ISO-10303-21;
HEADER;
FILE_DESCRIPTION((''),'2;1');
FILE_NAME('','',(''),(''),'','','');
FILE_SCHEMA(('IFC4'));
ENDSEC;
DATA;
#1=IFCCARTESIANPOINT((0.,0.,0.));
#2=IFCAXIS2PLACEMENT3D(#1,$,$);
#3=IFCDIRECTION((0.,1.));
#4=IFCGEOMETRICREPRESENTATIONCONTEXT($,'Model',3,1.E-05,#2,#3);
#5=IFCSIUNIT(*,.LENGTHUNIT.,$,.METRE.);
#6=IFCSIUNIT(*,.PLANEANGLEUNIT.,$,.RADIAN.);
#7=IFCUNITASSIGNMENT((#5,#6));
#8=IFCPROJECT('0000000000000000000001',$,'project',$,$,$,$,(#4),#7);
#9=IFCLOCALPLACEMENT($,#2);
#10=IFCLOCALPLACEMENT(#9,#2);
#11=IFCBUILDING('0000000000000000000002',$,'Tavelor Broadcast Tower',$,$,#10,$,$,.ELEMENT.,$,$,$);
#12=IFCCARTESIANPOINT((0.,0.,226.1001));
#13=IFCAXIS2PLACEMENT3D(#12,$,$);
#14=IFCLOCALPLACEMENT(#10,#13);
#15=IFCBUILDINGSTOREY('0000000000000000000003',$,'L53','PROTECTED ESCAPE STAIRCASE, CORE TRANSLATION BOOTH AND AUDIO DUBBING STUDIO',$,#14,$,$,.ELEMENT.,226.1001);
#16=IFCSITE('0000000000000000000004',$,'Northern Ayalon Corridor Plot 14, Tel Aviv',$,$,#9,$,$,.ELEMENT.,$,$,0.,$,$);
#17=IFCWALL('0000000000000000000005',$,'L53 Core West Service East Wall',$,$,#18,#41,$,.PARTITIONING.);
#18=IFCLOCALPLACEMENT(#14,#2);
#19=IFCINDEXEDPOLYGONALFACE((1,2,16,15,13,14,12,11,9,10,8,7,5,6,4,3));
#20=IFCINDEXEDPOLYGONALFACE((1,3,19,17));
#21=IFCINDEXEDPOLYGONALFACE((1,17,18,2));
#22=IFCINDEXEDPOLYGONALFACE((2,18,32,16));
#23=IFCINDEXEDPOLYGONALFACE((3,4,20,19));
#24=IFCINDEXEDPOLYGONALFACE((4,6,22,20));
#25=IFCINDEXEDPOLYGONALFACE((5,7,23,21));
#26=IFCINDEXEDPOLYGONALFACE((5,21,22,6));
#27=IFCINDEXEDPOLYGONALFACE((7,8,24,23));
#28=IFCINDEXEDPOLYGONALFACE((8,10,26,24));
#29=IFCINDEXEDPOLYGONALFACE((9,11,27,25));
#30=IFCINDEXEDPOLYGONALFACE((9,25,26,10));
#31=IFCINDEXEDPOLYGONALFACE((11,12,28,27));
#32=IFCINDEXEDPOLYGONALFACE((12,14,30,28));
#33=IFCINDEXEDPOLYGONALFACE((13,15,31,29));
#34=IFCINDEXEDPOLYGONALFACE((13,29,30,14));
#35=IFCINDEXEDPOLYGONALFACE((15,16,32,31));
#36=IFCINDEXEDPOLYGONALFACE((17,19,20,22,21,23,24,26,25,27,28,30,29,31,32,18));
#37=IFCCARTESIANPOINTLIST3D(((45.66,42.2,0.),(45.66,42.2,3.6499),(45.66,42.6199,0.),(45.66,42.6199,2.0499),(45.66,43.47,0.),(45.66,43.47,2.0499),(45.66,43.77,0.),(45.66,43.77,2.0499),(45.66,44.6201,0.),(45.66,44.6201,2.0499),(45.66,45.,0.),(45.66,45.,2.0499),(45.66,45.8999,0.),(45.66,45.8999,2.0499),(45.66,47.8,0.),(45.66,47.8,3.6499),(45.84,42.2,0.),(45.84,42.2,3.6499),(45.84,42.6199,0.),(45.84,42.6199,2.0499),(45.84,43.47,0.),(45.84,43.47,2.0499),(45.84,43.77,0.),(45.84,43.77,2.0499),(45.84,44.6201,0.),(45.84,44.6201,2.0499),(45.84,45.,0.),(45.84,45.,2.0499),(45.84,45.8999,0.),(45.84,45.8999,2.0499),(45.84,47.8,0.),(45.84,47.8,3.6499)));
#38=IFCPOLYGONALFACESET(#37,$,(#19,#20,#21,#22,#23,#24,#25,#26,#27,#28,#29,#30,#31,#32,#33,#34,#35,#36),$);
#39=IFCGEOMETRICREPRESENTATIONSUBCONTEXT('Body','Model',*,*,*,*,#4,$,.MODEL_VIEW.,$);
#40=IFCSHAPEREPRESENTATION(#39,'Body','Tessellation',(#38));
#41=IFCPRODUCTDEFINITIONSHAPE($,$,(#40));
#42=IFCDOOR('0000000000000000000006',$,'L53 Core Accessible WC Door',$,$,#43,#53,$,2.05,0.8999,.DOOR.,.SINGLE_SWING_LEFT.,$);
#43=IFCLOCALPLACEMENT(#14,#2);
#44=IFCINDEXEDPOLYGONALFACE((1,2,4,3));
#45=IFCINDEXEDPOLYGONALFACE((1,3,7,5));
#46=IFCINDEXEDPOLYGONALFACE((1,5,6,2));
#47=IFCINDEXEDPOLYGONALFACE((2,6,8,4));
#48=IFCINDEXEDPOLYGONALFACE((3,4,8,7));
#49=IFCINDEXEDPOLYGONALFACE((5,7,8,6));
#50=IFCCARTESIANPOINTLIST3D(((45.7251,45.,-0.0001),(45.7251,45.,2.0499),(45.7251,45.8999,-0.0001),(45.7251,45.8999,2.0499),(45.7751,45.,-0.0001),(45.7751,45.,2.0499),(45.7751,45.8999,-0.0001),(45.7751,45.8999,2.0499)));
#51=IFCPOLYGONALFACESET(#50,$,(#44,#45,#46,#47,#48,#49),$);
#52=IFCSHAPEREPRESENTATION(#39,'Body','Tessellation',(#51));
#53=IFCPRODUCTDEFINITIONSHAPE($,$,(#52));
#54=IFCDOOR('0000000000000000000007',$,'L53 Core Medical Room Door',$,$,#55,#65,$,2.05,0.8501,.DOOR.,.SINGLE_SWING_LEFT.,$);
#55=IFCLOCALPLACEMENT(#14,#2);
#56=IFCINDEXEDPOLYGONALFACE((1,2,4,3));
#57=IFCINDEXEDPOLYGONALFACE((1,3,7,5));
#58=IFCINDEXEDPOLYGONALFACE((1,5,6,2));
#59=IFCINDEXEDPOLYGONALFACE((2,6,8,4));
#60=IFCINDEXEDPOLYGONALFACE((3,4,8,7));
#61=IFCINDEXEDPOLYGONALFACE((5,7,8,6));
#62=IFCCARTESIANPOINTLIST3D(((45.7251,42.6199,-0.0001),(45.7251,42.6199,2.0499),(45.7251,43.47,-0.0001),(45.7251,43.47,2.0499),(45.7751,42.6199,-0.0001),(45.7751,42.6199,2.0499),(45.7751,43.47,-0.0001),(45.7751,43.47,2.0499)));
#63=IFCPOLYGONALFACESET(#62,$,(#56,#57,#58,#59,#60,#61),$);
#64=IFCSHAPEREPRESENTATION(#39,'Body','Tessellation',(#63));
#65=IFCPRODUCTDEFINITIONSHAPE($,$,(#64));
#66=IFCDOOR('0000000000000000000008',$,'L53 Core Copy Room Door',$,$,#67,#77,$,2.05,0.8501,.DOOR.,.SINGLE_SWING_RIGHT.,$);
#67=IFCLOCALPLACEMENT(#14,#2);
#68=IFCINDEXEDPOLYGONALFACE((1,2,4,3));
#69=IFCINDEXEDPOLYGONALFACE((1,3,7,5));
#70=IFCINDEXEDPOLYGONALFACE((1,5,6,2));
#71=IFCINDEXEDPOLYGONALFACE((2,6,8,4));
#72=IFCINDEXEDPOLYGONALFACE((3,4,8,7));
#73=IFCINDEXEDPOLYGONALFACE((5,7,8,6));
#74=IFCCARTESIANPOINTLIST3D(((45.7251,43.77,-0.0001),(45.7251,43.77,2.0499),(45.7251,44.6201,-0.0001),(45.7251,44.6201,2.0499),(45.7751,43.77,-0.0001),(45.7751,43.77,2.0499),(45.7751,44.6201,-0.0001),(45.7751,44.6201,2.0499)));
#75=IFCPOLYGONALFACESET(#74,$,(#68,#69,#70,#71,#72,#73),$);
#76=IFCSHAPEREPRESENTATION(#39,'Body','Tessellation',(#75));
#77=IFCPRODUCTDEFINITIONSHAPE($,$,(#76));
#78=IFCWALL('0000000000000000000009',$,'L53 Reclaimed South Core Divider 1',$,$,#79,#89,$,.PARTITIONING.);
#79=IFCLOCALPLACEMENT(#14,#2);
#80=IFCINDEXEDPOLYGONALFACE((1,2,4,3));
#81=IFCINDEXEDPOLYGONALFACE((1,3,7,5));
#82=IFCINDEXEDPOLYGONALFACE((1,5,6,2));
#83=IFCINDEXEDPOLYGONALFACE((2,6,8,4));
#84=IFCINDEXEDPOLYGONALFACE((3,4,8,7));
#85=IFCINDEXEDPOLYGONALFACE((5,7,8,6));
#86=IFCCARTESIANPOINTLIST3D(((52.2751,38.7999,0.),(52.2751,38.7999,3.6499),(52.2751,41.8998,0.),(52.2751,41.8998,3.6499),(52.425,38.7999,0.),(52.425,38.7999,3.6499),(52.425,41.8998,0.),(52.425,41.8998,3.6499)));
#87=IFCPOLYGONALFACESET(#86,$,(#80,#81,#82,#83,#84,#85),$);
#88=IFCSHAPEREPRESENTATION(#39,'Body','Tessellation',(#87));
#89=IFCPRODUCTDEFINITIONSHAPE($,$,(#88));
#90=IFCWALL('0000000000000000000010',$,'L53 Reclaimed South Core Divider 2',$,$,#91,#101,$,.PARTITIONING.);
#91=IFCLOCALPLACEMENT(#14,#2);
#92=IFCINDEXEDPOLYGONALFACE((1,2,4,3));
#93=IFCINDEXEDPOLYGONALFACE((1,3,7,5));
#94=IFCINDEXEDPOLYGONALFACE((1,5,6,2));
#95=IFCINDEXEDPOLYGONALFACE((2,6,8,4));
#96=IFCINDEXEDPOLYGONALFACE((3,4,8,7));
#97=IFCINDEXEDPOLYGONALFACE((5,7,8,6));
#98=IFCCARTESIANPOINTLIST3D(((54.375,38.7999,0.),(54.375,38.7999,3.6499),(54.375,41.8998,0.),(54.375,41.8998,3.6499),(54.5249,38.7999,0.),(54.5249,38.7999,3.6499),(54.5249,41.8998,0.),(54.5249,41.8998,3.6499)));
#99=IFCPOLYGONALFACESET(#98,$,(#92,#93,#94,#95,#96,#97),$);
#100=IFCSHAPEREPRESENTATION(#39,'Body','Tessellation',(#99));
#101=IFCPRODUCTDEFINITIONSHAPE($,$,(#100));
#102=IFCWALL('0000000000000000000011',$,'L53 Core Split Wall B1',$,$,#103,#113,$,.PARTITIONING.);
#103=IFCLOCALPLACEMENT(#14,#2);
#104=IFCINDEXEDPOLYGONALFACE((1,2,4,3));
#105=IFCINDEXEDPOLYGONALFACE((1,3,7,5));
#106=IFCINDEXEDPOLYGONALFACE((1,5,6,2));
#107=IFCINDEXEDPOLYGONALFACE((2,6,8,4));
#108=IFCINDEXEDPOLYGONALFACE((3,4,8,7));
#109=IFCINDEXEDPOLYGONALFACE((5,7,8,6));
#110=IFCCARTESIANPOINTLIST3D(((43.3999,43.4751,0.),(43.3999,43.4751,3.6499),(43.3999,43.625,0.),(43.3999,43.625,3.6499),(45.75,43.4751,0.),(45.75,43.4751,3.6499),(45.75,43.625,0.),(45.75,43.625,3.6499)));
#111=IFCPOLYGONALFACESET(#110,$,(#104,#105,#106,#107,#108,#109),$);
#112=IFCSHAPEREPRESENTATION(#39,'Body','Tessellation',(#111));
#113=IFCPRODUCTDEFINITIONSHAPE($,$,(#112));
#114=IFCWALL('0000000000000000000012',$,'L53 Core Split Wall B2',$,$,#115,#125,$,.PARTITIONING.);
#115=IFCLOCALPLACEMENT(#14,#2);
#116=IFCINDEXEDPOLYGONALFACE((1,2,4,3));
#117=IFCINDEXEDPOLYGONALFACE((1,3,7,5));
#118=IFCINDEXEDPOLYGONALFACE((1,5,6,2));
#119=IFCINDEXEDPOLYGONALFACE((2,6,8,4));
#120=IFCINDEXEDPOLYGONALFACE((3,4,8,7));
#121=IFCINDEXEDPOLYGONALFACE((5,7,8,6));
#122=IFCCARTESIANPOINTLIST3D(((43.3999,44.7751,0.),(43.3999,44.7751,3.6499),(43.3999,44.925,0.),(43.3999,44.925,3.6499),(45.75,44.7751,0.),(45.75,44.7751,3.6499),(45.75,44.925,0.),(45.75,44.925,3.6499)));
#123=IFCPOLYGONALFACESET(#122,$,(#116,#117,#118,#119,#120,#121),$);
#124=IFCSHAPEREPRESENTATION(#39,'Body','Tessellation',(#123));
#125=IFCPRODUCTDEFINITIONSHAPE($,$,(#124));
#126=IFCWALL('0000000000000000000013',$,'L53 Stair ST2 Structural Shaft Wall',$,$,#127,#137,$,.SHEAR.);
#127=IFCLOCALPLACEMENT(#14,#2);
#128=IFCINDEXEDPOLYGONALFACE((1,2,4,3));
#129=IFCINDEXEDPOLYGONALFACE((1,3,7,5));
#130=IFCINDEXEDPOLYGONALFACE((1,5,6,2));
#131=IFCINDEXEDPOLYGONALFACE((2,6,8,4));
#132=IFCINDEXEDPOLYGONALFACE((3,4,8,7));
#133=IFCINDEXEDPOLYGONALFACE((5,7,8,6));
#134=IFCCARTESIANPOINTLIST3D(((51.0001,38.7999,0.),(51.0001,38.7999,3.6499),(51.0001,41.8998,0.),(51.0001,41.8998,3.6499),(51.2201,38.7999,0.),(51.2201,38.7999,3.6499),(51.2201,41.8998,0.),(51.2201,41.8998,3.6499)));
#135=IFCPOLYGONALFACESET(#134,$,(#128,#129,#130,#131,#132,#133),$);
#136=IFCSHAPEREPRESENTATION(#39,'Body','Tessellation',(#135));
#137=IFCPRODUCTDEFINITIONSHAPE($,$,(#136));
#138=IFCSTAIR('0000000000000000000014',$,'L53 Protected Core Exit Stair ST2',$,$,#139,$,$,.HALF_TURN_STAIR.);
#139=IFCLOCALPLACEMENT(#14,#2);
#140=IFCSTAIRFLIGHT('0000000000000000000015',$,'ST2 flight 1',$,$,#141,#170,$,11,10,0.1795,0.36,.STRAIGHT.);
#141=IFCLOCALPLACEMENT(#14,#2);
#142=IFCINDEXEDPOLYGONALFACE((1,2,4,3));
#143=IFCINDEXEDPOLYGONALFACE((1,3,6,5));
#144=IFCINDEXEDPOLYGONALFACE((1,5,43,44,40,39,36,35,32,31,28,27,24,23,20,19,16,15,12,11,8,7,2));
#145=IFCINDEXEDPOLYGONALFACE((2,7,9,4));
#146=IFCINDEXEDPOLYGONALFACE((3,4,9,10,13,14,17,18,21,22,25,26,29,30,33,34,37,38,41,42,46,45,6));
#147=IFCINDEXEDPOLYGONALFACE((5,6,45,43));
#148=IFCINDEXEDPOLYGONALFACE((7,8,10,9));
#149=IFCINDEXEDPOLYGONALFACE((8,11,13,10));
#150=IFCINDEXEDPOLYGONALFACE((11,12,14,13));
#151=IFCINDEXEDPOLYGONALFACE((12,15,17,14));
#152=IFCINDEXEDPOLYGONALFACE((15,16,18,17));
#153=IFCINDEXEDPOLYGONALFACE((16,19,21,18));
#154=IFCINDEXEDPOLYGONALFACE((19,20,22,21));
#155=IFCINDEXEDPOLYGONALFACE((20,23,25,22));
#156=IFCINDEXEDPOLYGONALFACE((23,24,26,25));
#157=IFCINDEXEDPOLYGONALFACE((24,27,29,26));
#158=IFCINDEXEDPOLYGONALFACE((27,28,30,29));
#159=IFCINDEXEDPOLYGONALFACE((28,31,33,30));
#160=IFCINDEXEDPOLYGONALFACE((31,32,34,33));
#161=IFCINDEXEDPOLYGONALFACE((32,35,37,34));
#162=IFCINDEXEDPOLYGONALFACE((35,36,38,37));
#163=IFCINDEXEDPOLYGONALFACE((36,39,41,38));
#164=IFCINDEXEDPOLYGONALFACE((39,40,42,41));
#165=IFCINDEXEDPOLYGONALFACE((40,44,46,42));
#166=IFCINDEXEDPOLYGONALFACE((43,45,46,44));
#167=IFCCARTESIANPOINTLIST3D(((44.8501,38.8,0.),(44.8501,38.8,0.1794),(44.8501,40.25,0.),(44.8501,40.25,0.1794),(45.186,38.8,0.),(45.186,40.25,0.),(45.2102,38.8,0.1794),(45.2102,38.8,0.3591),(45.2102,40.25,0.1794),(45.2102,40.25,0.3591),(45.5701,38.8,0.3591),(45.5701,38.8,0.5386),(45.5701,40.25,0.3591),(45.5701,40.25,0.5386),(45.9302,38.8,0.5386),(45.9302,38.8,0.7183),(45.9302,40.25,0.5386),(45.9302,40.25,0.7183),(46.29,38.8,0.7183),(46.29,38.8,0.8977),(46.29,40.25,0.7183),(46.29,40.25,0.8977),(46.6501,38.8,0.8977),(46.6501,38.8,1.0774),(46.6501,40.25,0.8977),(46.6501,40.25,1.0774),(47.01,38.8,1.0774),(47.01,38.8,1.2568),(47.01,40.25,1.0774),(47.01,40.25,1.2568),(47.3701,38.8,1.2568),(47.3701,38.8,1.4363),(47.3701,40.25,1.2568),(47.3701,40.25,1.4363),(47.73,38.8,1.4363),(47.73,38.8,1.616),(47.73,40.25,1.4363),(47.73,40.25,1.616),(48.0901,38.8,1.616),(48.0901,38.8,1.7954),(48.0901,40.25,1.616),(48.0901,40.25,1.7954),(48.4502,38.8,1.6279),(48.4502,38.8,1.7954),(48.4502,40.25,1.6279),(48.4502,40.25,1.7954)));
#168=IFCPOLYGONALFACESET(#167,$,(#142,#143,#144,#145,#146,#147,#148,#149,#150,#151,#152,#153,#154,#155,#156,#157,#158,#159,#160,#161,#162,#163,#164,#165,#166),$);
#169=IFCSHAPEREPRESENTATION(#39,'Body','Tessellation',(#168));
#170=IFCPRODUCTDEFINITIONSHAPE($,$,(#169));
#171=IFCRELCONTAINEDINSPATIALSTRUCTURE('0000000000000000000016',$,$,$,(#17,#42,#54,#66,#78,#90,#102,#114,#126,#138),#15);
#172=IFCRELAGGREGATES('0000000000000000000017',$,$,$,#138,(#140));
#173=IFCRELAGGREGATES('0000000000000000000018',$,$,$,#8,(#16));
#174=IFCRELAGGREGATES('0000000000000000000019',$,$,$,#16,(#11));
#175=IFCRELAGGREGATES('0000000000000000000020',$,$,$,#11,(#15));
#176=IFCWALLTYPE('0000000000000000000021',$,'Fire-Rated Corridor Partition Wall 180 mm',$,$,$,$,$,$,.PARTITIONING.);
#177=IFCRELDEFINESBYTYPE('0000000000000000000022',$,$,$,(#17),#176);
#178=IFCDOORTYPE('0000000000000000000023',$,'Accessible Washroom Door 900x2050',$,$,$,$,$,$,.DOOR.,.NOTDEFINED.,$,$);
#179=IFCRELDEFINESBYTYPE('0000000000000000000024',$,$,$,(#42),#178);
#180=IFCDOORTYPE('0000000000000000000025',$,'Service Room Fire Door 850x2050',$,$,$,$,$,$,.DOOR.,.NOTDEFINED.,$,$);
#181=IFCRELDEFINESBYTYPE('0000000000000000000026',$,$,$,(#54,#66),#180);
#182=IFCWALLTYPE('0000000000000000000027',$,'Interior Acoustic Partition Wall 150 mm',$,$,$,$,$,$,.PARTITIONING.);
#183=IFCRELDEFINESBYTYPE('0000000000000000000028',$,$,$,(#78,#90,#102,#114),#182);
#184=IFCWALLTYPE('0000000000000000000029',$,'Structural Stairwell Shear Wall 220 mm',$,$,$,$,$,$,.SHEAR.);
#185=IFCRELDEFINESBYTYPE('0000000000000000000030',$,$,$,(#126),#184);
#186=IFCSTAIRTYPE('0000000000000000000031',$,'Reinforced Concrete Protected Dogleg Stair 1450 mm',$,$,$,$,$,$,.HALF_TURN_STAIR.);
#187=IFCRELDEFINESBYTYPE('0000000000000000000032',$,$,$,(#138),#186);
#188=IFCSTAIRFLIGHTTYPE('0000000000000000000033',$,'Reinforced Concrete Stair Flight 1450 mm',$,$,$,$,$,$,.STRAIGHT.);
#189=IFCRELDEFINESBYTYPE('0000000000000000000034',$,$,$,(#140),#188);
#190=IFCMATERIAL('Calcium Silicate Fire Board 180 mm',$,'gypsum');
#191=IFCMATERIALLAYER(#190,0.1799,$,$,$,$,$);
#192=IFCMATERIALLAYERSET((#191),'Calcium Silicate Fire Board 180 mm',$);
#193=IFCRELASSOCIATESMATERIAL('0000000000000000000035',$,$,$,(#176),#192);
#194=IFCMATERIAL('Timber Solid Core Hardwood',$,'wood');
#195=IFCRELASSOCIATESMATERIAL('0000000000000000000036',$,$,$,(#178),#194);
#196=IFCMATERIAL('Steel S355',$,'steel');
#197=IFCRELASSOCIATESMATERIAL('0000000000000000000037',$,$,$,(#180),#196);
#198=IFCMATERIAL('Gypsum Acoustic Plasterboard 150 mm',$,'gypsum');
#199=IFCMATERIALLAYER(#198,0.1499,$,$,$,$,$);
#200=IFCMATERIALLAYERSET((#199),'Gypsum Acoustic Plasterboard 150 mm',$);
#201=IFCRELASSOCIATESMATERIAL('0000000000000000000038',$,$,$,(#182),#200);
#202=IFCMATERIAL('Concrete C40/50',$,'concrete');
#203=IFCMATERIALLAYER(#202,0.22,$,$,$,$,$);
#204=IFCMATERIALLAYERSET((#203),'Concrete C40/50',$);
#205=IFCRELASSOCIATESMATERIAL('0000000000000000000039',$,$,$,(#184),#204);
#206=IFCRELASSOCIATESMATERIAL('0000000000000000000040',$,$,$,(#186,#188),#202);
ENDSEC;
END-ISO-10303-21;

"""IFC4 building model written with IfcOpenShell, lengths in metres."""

from ifc_helpers import new_model, si_unit, direction, frame, frame_2d, origin, place, context, subcontext, project, spatial, polyline, rectangle, outline, extrude, material, layer, layer_set, type_object, element, fill, aggregate, save


model = new_model("IFC4")

# Units and contexts
model_context = context("Model", 3, precision=1e-05, world=origin(), true_north=direction((0.0, 1.0)))
body_context = subcontext(model_context, "Body", "Model", "MODEL_VIEW")
ifc_project = project(units=[si_unit("LENGTHUNIT", "METRE"), si_unit("PLANEANGLEUNIT", "RADIAN")], contexts=[model_context])

# Site, building, storey
site_placement = place(None, origin())
site = spatial("IfcSite", under=ifc_project, at=site_placement, Name="Northern Ayalon Corridor Plot 14, Tel Aviv", CompositionType="ELEMENT", RefElevation=0.0)
building_placement = place(site_placement, origin())
building = spatial("IfcBuilding", under=site, at=building_placement, Name="Tavelor Broadcast Tower", CompositionType="ELEMENT")
storey_placement = place(building_placement, frame((0.0, 0.0, 226.1001)))
storey = spatial("IfcBuildingStorey", under=building, at=storey_placement, Name="L53", Description="PROTECTED ESCAPE STAIRCASE, CORE TRANSLATION BOOTH AND AUDIO DUBBING STUDIO", CompositionType="ELEMENT", Elevation=226.1001)

# Shared definitions
ifc_material_1 = material(Name="Concrete C40/50", Category="concrete")
ifc_material_2 = material(Name="Steel S355", Category="steel")

# Shared definitions
ifc_material_3 = material(Name="Calcium Silicate Fire Board 180 mm", Category="gypsum")
ifc_layer_1 = layer(ifc_material_3, 0.1799)
ifc_layer_set_1 = layer_set([ifc_layer_1], Name="Calcium Silicate Fire Board 180 mm")
wall_type_1 = type_object("IfcWallType", Name="Fire-Rated Corridor Partition Wall 180 mm", PredefinedType="PARTITIONING", material=ifc_layer_set_1)

# Wall, openings, doors
wall_1_placement = place(storey_placement, frame((45.75, 42.2, 0.0), z_axis=(0.0, 0.0, 1.0), x_axis=(0.0, 1.0, 0.0)))
wall_1 = element("IfcWall", 1, at=wall_1_placement, inside=storey, type_object=wall_type_1, Name="L53 Core West Service East Wall", PredefinedType="PARTITIONING", context=body_context, shape_type="SweptSolid", body=[
    extrude(rectangle(XDim=5.6001, YDim=0.1799, at=frame_2d((2.8, 0.0))), origin(), (0.0, 0.0, 1.0), 3.6499),
])
opening_1_placement = place(wall_1_placement, frame((0.4199, 0.0, 0.0)))
opening_1 = element("IfcOpeningElement", 2, at=opening_1_placement, cuts=wall_1, PredefinedType="OPENING", context=body_context, shape_type="SweptSolid", body=[
    extrude(rectangle(XDim=0.8501, YDim=2.05, at=frame_2d((0.425, 1.0249))), frame((0.0, 0.1001, 0.0), z_axis=(0.0, -1.0, 0.0), x_axis=(1.0, 0.0, 0.0)), (0.0, 0.0, 1.0), 0.2),
])
opening_2_placement = place(wall_1_placement, frame((1.5701, 0.0, 0.0)))
opening_2 = element("IfcOpeningElement", 3, at=opening_2_placement, cuts=wall_1, PredefinedType="OPENING", context=body_context, shape_type="SweptSolid", body=[
    extrude(rectangle(XDim=0.8501, YDim=2.05, at=frame_2d((0.425, 1.0249))), frame((0.0, 0.1001, 0.0), z_axis=(0.0, -1.0, 0.0), x_axis=(1.0, 0.0, 0.0)), (0.0, 0.0, 1.0), 0.2),
])
opening_3_placement = place(wall_1_placement, frame((2.8, 0.0, 0.0)))
opening_3 = element("IfcOpeningElement", 4, at=opening_3_placement, cuts=wall_1, PredefinedType="OPENING", context=body_context, shape_type="SweptSolid", body=[
    extrude(rectangle(XDim=0.8999, YDim=2.05, at=frame_2d((0.45, 1.0249))), frame((0.0, 0.1001, 0.0), z_axis=(0.0, -1.0, 0.0), x_axis=(1.0, 0.0, 0.0)), (0.0, 0.0, 1.0), 0.2),
])
ifc_material_4 = material(Name="Timber Solid Core Hardwood", Category="wood")
door_type_1 = type_object("IfcDoorType", Name="Accessible Washroom Door 900x2050", OperationType="NOTDEFINED", PredefinedType="DOOR", material=ifc_material_4)
door_1_placement = place(opening_3_placement, origin())
door_1 = element("IfcDoor", 5, at=door_1_placement, inside=storey, type_object=door_type_1, Name="L53 Core Accessible WC Door", OperationType="SINGLE_SWING_LEFT", OverallHeight=2.05, OverallWidth=0.8999, PredefinedType="DOOR", context=body_context, shape_type="SweptSolid", body=[
    extrude(rectangle(XDim=0.8999, YDim=2.05, at=frame_2d((0.45, 1.0249))), frame((0.0, 0.0249, 0.0), z_axis=(0.0, -1.0, 0.0), x_axis=(1.0, 0.0, 0.0)), (0.0, 0.0, 1.0), 0.05),
])
fill(opening_3, door_1)
door_type_2 = type_object("IfcDoorType", Name="Service Room Fire Door 850x2050", OperationType="NOTDEFINED", PredefinedType="DOOR", material=ifc_material_2)
door_2_placement = place(opening_1_placement, origin())
door_2 = element("IfcDoor", 6, at=door_2_placement, inside=storey, type_object=door_type_2, Name="L53 Core Medical Room Door", OperationType="SINGLE_SWING_LEFT", OverallHeight=2.05, OverallWidth=0.8501, PredefinedType="DOOR", context=body_context, shape_type="SweptSolid", body=[
    extrude(rectangle(XDim=0.8501, YDim=2.05, at=frame_2d((0.425, 1.0249))), frame((0.0, 0.0249, 0.0), z_axis=(0.0, -1.0, 0.0), x_axis=(1.0, 0.0, 0.0)), (0.0, 0.0, 1.0), 0.05),
])
fill(opening_1, door_2)
door_3_placement = place(opening_2_placement, origin())
door_3 = element("IfcDoor", 7, at=door_3_placement, inside=storey, type_object=door_type_2, Name="L53 Core Copy Room Door", OperationType="SINGLE_SWING_RIGHT", OverallHeight=2.05, OverallWidth=0.8501, PredefinedType="DOOR", context=body_context, shape_type="SweptSolid", body=[
    extrude(rectangle(XDim=0.8501, YDim=2.05, at=frame_2d((0.425, 1.0249))), frame((0.0, 0.0249, 0.0), z_axis=(0.0, -1.0, 0.0), x_axis=(1.0, 0.0, 0.0)), (0.0, 0.0, 1.0), 0.05),
])
fill(opening_2, door_3)

# Walls
ifc_material_5 = material(Name="Gypsum Acoustic Plasterboard 150 mm", Category="gypsum")
ifc_layer_2 = layer(ifc_material_5, 0.1499)
ifc_layer_set_2 = layer_set([ifc_layer_2], Name="Gypsum Acoustic Plasterboard 150 mm")
wall_type_2 = type_object("IfcWallType", Name="Interior Acoustic Partition Wall 150 mm", PredefinedType="PARTITIONING", material=ifc_layer_set_2)
for number, where, z_axis, x_axis, name in (
    (8, (52.3501, 38.8, 0.0), (0.0, 0.0, 1.0), (0.0, 1.0, 0.0), "L53 Reclaimed South Core Divider 1"),
    (9, (54.45, 38.8, 0.0), (0.0, 0.0, 1.0), (0.0, 1.0, 0.0), "L53 Reclaimed South Core Divider 2"),
):
    element("IfcWall", number, at=place(storey_placement, frame(where, z_axis=z_axis, x_axis=x_axis)), inside=storey, type_object=wall_type_2, Name=name, PredefinedType="PARTITIONING", context=body_context, shape_type="SweptSolid", body=[
        extrude(rectangle(XDim=3.0999, YDim=0.1499, at=frame_2d((1.5498, 0.0))), origin(), (0.0, 0.0, 1.0), 3.6499),
    ])
for number, where, z_axis, x_axis, name in (
    (10, (43.3999, 43.55, 0.0), (0.0, 0.0, 1.0), (1.0, 0.0, 0.0), "L53 Core Split Wall B1"),
    (11, (43.3999, 44.8501, 0.0), (0.0, 0.0, 1.0), (1.0, 0.0, 0.0), "L53 Core Split Wall B2"),
):
    element("IfcWall", number, at=place(storey_placement, frame(where, z_axis=z_axis, x_axis=x_axis)), inside=storey, type_object=wall_type_2, Name=name, PredefinedType="PARTITIONING", context=body_context, shape_type="SweptSolid", body=[
        extrude(rectangle(XDim=2.3501, YDim=0.1499, at=frame_2d((1.175, 0.0))), origin(), (0.0, 0.0, 1.0), 3.6499),
    ])
ifc_layer_3 = layer(ifc_material_1, 0.22)
ifc_layer_set_3 = layer_set([ifc_layer_3], Name="Concrete C40/50")
wall_type_3 = type_object("IfcWallType", Name="Structural Stairwell Shear Wall 220 mm", PredefinedType="SHEAR", material=ifc_layer_set_3)
wall_2_placement = place(storey_placement, frame((51.1101, 38.8, 0.0), z_axis=(0.0, 0.0, 1.0), x_axis=(0.0, 1.0, 0.0)))
element("IfcWall", 12, at=wall_2_placement, inside=storey, type_object=wall_type_3, Name="L53 Stair ST2 Structural Shaft Wall", PredefinedType="SHEAR", context=body_context, shape_type="SweptSolid", body=[
    extrude(rectangle(XDim=3.0999, YDim=0.22, at=frame_2d((1.5498, 0.0))), origin(), (0.0, 0.0, 1.0), 3.6499),
])

# Stair, stair flight
stair_type = type_object("IfcStairType", Name="Reinforced Concrete Protected Dogleg Stair 1450 mm", PredefinedType="HALF_TURN_STAIR", material=ifc_material_1)
stair_placement = place(storey_placement, origin())
stair = element("IfcStair", 13, at=stair_placement, inside=storey, type_object=stair_type, Name="L53 Protected Core Exit Stair ST2", PredefinedType="HALF_TURN_STAIR")
stair_flight_type = type_object("IfcStairFlightType", Name="Reinforced Concrete Stair Flight 1450 mm", PredefinedType="STRAIGHT", material=ifc_material_1)
stair_flight_1_placement = place(storey_placement, frame((44.8501, 39.5249, 0.0), z_axis=(0.0, 0.0, 1.0), x_axis=(1.0, 0.0, 0.0)))
stair_flight_1 = element("IfcStairFlight", 14, at=stair_flight_1_placement, type_object=stair_flight_type, Name="ST2 flight 1", NumberOfRisers=11, NumberOfTreads=10, PredefinedType="STRAIGHT", RiserHeight=0.1795, TreadLength=0.36, context=body_context, shape_type="SweptSolid", body=[
    extrude(outline(polyline([(0.0, 0.0), (0.0, 0.1794), (0.3601, 0.1794), (0.3601, 0.3591), (0.72, 0.3591), (0.72, 0.5386), (1.0801, 0.5386), (1.0801, 0.7183), (1.4399, 0.7183), (1.4399, 0.8977), (1.8, 0.8977), (1.8, 1.0774), (2.1599, 1.0774), (2.1599, 1.2568), (2.52, 1.2568), (2.52, 1.4363), (2.8799, 1.4363), (2.8799, 1.616), (3.24, 1.616), (3.24, 1.7954), (3.6001, 1.7954), (3.6001, 1.9751), (3.6001, 1.6279), (0.3359, 0.0), (0.0, 0.0)])), frame((0.0, 0.7251, 0.0), z_axis=(0.0, -1.0, 0.0), x_axis=(1.0, 0.0, 0.0)), (0.0, 0.0, 1.0), 1.45),
])
aggregate(stair, [stair_flight_1])

save(model, "model.ifc")
